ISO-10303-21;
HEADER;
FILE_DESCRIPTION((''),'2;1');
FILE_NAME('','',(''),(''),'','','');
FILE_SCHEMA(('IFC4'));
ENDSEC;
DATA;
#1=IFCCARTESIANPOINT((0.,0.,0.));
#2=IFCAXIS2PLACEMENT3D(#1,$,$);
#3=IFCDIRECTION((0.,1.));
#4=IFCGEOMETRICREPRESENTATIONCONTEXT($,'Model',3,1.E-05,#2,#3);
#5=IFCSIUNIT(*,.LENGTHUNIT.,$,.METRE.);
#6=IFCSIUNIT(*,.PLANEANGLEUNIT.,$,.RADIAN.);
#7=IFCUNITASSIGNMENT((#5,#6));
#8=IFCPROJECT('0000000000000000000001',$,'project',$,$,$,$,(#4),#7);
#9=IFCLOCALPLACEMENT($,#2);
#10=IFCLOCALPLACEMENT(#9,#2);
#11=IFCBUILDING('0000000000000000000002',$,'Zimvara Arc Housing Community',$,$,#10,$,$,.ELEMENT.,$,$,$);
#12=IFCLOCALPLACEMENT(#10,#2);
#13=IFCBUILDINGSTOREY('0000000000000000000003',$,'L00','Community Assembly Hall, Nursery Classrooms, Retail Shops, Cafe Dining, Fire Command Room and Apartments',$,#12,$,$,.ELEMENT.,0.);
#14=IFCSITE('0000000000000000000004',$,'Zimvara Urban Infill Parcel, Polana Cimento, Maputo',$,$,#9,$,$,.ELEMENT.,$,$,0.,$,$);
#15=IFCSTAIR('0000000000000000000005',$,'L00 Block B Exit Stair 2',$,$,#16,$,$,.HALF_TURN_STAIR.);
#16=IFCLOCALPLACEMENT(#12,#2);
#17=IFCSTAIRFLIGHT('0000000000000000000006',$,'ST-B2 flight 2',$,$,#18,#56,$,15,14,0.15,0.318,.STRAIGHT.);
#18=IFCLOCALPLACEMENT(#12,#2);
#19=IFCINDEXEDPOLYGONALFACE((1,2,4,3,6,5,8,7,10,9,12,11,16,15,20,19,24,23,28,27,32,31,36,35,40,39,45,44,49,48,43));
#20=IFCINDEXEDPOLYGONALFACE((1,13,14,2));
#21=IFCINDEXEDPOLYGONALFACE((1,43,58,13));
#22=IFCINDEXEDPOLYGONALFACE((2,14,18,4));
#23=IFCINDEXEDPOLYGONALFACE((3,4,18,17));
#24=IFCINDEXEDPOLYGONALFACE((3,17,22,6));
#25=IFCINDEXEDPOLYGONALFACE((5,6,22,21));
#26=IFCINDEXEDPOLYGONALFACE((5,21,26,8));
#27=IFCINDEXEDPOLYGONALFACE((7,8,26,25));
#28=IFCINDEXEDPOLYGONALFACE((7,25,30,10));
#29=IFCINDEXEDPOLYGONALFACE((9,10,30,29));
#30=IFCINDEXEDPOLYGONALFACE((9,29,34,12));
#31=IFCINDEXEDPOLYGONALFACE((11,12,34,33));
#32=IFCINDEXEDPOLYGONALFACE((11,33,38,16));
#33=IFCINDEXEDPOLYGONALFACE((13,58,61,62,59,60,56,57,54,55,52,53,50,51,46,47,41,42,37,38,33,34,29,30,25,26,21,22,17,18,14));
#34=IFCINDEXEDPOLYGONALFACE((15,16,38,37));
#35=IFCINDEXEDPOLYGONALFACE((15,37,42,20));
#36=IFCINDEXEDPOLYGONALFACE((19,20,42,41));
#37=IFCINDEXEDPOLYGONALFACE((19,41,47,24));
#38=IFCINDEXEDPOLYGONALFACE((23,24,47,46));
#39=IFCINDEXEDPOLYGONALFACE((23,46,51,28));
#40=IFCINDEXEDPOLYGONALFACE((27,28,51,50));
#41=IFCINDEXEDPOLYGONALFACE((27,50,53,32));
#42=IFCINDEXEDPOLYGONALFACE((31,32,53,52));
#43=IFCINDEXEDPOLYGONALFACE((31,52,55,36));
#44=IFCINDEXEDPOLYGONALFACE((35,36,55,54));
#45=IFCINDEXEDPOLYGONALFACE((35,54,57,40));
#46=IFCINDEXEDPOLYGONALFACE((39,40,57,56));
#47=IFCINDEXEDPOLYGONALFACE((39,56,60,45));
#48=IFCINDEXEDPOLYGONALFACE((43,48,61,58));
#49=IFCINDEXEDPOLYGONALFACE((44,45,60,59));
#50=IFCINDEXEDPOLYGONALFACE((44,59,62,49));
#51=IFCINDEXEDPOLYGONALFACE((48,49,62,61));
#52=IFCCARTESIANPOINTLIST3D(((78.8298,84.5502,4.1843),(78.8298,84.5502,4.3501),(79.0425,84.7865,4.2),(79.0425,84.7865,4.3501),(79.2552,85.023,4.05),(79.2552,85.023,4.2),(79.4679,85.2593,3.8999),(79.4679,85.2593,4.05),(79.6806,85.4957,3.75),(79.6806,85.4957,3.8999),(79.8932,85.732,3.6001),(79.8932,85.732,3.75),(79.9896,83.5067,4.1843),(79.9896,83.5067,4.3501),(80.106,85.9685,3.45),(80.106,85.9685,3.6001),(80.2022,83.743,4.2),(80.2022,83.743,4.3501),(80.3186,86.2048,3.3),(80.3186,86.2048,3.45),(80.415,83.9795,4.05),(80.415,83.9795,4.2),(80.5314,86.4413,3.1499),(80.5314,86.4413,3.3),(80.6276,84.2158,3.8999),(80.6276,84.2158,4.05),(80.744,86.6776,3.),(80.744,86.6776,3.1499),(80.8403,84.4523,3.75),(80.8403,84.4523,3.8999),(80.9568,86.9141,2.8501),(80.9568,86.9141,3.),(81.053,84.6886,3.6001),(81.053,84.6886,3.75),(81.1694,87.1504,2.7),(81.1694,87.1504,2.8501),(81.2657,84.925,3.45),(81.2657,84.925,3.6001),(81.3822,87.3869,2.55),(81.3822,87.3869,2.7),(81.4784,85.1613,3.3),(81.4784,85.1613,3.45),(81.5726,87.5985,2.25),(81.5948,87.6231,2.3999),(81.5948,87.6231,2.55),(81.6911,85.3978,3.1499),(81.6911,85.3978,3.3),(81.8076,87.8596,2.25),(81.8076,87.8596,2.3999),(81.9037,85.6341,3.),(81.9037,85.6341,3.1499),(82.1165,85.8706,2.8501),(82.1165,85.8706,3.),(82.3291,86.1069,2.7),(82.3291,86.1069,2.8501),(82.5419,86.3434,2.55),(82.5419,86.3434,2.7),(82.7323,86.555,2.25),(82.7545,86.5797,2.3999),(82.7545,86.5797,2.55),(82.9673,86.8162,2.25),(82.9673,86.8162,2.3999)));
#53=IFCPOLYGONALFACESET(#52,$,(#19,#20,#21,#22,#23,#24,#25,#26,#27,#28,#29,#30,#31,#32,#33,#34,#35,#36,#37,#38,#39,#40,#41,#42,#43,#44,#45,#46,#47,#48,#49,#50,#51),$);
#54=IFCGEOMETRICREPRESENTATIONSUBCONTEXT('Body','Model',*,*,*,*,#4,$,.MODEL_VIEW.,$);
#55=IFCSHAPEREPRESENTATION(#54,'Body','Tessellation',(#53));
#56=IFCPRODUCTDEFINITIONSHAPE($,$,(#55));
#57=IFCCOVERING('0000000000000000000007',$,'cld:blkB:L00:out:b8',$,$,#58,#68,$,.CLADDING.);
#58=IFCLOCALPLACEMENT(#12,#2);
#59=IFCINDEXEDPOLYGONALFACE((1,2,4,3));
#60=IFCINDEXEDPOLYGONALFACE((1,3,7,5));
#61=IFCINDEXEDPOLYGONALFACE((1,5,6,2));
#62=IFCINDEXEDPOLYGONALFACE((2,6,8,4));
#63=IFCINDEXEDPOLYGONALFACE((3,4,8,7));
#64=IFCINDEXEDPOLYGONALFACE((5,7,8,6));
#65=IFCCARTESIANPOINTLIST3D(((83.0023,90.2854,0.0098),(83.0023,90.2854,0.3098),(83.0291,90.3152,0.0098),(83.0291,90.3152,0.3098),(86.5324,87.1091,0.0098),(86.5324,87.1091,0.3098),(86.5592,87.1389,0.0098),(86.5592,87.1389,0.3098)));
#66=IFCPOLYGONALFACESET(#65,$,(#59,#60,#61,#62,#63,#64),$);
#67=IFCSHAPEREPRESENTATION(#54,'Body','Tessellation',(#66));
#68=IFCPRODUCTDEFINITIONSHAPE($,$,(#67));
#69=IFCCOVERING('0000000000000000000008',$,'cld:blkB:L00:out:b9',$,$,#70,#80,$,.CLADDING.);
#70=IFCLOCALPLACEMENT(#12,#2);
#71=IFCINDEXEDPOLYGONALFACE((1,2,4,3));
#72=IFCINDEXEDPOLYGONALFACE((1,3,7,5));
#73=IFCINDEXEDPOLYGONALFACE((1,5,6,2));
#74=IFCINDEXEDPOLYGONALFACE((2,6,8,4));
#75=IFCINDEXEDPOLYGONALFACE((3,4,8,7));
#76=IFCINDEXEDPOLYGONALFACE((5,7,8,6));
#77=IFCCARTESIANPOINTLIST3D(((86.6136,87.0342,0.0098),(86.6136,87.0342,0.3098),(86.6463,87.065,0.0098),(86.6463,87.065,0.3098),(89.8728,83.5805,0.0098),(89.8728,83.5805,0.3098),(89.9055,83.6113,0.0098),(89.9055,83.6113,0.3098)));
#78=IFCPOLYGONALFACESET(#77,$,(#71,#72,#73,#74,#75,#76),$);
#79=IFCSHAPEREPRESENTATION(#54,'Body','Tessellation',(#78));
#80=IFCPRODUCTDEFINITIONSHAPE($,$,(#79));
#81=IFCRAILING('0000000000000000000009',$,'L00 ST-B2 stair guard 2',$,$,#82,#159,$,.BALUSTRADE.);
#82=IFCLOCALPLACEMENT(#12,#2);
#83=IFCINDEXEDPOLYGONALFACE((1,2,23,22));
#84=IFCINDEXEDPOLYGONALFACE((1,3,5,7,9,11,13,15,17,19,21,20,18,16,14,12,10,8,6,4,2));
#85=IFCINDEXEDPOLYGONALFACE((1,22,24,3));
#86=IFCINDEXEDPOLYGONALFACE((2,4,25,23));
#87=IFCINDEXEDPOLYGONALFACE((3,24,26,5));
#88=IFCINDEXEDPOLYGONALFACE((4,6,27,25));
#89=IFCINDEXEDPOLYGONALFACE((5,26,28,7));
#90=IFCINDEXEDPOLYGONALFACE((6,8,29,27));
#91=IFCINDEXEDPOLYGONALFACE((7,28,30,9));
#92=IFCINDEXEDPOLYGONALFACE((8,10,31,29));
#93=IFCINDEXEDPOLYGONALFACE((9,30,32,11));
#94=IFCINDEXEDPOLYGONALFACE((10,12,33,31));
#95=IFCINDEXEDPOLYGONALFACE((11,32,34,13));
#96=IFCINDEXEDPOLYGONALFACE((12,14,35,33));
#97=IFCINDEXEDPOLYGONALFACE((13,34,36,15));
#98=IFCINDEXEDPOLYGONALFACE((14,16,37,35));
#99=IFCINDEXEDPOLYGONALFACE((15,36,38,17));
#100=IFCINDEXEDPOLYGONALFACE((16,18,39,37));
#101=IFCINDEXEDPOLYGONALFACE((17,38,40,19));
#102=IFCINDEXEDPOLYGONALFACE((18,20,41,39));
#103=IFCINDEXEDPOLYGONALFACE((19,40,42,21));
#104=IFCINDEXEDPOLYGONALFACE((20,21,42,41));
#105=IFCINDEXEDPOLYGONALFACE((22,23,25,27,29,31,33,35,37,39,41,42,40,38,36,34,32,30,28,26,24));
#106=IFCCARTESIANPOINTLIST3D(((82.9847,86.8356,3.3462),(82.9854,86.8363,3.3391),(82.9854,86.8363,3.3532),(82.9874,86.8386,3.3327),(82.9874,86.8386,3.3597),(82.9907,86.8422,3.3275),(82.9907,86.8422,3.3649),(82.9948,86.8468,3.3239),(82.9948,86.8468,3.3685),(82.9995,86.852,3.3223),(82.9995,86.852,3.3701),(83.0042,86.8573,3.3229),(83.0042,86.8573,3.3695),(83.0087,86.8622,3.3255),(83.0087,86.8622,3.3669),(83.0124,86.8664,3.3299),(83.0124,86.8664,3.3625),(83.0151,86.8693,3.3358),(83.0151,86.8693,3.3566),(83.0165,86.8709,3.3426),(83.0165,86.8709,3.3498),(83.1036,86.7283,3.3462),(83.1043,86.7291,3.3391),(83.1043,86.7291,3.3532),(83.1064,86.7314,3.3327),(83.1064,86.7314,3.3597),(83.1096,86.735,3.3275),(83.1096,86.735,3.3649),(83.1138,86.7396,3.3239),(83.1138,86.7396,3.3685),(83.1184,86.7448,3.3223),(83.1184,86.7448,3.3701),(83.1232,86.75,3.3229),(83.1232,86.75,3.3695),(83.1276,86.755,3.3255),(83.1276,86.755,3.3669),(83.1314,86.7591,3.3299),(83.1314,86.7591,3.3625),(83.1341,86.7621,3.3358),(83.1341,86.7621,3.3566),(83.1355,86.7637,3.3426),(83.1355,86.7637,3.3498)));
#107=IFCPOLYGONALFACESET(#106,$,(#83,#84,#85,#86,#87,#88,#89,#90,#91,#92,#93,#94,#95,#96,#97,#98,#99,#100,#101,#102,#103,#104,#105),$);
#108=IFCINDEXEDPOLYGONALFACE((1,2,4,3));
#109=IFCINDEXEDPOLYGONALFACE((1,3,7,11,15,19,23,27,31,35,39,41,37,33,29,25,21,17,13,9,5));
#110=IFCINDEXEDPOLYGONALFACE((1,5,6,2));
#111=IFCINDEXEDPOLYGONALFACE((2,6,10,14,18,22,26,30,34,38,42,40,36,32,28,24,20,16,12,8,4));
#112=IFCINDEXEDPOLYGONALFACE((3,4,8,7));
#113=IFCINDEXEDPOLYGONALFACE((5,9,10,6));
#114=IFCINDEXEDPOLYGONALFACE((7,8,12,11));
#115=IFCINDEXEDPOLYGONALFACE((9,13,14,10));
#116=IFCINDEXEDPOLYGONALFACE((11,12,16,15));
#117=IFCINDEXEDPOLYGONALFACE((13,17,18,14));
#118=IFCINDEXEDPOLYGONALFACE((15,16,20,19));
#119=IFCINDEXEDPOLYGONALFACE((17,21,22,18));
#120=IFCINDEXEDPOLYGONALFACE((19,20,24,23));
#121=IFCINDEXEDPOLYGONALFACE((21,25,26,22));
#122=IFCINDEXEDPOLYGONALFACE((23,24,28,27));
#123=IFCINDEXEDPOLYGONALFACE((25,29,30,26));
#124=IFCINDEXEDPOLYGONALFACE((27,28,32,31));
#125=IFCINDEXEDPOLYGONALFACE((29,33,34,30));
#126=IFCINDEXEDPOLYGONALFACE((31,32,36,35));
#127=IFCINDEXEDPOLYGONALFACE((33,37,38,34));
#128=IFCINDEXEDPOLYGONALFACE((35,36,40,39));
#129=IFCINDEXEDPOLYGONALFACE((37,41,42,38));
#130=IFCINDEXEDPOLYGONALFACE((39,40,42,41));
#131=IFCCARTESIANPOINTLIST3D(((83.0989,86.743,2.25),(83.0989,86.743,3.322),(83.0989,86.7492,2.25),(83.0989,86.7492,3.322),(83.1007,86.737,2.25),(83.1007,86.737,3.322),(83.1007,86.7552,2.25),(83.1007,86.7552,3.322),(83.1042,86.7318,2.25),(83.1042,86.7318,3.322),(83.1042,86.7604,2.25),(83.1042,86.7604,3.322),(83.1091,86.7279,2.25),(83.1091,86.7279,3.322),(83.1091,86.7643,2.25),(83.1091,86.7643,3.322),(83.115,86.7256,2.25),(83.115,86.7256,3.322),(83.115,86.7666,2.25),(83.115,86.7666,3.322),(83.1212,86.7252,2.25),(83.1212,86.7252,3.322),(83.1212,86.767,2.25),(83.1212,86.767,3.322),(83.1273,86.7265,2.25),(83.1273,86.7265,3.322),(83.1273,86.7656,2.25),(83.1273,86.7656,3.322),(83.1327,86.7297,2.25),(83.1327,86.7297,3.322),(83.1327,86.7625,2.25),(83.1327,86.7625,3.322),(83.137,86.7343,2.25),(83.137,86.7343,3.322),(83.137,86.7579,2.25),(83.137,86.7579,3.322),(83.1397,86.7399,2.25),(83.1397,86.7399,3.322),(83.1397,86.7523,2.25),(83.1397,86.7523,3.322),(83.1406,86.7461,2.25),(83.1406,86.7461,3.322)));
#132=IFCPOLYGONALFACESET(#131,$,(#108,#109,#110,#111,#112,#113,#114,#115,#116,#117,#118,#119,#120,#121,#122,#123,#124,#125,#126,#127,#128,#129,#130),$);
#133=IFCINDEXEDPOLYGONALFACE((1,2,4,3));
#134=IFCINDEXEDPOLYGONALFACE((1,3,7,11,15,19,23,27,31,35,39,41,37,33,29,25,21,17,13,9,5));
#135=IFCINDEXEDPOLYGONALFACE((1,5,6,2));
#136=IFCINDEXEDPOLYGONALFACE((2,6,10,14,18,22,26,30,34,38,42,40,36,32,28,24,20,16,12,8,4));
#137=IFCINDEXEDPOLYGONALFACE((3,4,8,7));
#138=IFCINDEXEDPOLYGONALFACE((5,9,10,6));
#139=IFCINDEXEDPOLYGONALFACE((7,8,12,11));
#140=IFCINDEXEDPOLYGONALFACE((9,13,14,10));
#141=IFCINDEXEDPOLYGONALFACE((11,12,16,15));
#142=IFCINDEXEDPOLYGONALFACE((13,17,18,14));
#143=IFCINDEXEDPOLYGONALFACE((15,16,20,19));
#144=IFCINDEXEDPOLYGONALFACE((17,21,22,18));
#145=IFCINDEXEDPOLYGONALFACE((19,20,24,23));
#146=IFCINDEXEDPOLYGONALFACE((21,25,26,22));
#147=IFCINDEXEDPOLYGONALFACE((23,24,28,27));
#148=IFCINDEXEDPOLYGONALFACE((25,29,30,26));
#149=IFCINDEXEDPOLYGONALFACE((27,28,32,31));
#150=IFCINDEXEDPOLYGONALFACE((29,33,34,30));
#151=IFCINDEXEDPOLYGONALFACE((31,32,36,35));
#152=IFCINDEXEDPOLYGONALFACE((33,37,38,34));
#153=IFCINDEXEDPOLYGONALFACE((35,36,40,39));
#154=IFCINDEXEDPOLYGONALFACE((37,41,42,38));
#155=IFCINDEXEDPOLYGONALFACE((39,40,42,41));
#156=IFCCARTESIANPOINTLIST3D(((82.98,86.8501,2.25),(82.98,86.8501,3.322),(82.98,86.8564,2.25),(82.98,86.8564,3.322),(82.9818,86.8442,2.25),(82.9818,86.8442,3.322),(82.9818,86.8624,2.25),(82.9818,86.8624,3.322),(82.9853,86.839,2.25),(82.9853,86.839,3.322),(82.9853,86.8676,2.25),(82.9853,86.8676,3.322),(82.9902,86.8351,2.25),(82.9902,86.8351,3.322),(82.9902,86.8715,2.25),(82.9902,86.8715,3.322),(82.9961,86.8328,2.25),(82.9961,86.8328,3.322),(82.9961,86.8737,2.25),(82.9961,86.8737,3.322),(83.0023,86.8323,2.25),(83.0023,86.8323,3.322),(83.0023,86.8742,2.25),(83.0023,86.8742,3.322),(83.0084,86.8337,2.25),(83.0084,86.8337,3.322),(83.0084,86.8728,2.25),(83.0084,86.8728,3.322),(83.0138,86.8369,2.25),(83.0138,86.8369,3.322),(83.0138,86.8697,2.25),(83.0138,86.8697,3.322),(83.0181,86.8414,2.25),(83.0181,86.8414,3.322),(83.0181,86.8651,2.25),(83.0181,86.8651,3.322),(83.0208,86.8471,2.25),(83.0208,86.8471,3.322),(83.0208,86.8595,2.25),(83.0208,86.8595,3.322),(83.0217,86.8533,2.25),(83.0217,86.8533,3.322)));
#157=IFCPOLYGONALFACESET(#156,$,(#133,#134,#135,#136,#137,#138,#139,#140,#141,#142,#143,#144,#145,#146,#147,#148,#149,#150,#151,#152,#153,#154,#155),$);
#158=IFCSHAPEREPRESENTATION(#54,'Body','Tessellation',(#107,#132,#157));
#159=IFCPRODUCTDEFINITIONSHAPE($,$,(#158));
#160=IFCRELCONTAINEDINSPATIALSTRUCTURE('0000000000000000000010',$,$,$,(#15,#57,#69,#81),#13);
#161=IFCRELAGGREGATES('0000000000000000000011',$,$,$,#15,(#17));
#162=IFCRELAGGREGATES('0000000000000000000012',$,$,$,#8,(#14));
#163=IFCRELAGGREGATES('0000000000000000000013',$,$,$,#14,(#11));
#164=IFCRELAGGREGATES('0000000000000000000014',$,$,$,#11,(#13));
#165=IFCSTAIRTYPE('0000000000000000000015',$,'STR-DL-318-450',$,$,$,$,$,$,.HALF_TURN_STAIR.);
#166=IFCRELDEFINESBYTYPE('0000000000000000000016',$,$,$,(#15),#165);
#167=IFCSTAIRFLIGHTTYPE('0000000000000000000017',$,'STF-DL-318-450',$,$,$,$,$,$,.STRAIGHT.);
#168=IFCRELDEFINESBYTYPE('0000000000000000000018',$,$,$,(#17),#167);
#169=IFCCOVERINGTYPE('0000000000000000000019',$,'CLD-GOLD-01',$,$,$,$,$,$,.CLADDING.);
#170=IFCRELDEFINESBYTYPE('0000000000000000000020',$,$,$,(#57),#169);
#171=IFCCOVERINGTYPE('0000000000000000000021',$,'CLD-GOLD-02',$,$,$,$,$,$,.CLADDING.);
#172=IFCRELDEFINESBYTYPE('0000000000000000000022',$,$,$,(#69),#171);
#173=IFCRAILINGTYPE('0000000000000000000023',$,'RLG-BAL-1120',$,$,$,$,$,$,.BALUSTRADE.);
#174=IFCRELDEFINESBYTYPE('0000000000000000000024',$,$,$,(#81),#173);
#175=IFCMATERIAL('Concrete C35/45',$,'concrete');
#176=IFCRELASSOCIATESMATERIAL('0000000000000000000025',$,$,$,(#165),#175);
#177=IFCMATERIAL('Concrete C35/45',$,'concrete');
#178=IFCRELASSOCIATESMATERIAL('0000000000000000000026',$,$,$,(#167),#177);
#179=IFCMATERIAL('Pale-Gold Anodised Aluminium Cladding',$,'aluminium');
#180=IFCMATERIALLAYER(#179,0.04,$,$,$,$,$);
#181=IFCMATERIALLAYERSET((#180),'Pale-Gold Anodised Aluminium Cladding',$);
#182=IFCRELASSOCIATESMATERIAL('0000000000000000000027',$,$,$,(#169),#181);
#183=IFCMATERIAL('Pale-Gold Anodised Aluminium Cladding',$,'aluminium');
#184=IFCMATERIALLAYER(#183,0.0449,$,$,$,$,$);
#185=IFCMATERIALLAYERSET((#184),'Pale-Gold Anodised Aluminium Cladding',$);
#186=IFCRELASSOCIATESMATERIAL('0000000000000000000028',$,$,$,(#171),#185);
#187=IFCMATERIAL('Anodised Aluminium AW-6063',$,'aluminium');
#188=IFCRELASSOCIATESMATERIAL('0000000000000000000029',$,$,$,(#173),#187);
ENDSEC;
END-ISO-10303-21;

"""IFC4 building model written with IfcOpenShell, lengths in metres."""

from ifc_helpers import new_model, si_unit, direction, frame, origin, origin_2d, place, context, subcontext, project, spatial, polyline, rectangle, circle, outline, extrude, material, layer, layer_set, type_object, element, aggregate, save


model = new_model("IFC4")

# Units and contexts
model_context = context("Model", 3, precision=1e-05, world=origin(), true_north=direction((0.0, 1.0)))
body_context = subcontext(model_context, "Body", "Model", "MODEL_VIEW")
ifc_project = project(units=[si_unit("LENGTHUNIT", "METRE"), si_unit("PLANEANGLEUNIT", "RADIAN")], contexts=[model_context])

# Site, building, storey
site_placement = place(None, origin())
site = spatial("IfcSite", under=ifc_project, at=site_placement, Name="Zimvara Urban Infill Parcel, Polana Cimento, Maputo", CompositionType="ELEMENT", RefElevation=0.0)
building_placement = place(site_placement, origin())
building = spatial("IfcBuilding", under=site, at=building_placement, Name="Zimvara Arc Housing Community", CompositionType="ELEMENT")
storey_placement = place(building_placement, origin())
storey = spatial("IfcBuildingStorey", under=building, at=storey_placement, Name="L00", Description="Community Assembly Hall, Nursery Classrooms, Retail Shops, Cafe Dining, Fire Command Room and Apartments", CompositionType="ELEMENT", Elevation=0.0)

# Stair, stair flight
ifc_material_1 = material(Name="Concrete C35/45", Category="concrete")
stair_type = type_object("IfcStairType", Name="STR-DL-318-450", PredefinedType="HALF_TURN_STAIR", material=ifc_material_1)
stair_placement = place(storey_placement, origin())
stair = element("IfcStair", 1, at=stair_placement, inside=storey, type_object=stair_type, Name="L00 Block B Exit Stair 2", PredefinedType="HALF_TURN_STAIR")
ifc_material_2 = material(Name="Concrete C35/45", Category="concrete")
stair_flight_type = type_object("IfcStairFlightType", Name="STF-DL-318-450", PredefinedType="STRAIGHT", material=ifc_material_2)
stair_flight_placement = place(storey_placement, frame((82.3875, 87.3379, 2.25), z_axis=(0.0, 0.0, 1.0), x_axis=(-0.668871, -0.743378, 0.0)))
stair_flight = element("IfcStairFlight", 2, at=stair_flight_placement, type_object=stair_flight_type, Name="ST-B2 flight 2", NumberOfRisers=15, NumberOfTreads=14, PredefinedType="STRAIGHT", RiserHeight=0.15, TreadLength=0.318, context=body_context, shape_type="SweptSolid", body=[
    extrude(outline(polyline([(0.0, 0.0), (0.0, 0.1499), (0.3181, 0.1499), (0.3181, 0.3), (0.636, 0.3), (0.636, 0.45), (0.9541, 0.45), (0.9541, 0.6001), (1.272, 0.6001), (1.272, 0.75), (1.5901, 0.75), (1.5901, 0.8999), (1.908, 0.8999), (1.908, 1.05), (2.2261, 1.05), (2.2261, 1.2), (2.5439, 1.2), (2.5439, 1.3501), (2.8621, 1.3501), (2.8621, 1.5), (3.1799, 1.5), (3.1799, 1.6499), (3.498, 1.6499), (3.498, 1.8), (3.8159, 1.8), (3.8159, 1.95), (4.134, 1.95), (4.134, 2.1001), (4.4519, 2.1001), (4.4519, 2.25), (4.4519, 1.9343), (0.3513, 0.0), (0.0, 0.0)])), frame((0.0, 0.78, 0.0), z_axis=(0.0, -1.0, 0.0), x_axis=(1.0, 0.0, 0.0)), (0.0, 0.0, 1.0), 1.5601),
])
aggregate(stair, [stair_flight])

# Coverings
ifc_material_3 = material(Name="Pale-Gold Anodised Aluminium Cladding", Category="aluminium")
ifc_layer_1 = layer(ifc_material_3, 0.04)
ifc_layer_set_1 = layer_set([ifc_layer_1], Name="Pale-Gold Anodised Aluminium Cladding")
covering_type_1 = type_object("IfcCoveringType", Name="CLD-GOLD-01", PredefinedType="CLADDING", material=ifc_layer_set_1)
covering_1_placement = place(storey_placement, frame((84.7808, 88.7122, 0.0098), z_axis=(0.0, 0.0, 1.0), x_axis=(0.743377, -0.668872, 0.0)))
element("IfcCovering", 3, at=covering_1_placement, inside=storey, type_object=covering_type_1, Name="cld:blkB:L00:out:b8", PredefinedType="CLADDING", context=body_context, shape_type="SweptSolid", body=[
    extrude(rectangle(XDim=4.7488, YDim=0.04, at=origin_2d()), origin(), (0.0, 0.0, 1.0), 0.3),
])
ifc_material_4 = material(Name="Pale-Gold Anodised Aluminium Cladding", Category="aluminium")
ifc_layer_2 = layer(ifc_material_4, 0.0449)
ifc_layer_set_2 = layer_set([ifc_layer_2], Name="Pale-Gold Anodised Aluminium Cladding")
covering_type_2 = type_object("IfcCoveringType", Name="CLD-GOLD-02", PredefinedType="CLADDING", material=ifc_layer_set_2)
covering_2_placement = place(storey_placement, frame((88.2595, 85.3228, 0.0098), z_axis=(0.0, 0.0, 1.0), x_axis=(0.686326, -0.727294, 0.0)))
element("IfcCovering", 4, at=covering_2_placement, inside=storey, type_object=covering_type_2, Name="cld:blkB:L00:out:b9", PredefinedType="CLADDING", context=body_context, shape_type="SweptSolid", body=[
    extrude(rectangle(XDim=4.7488, YDim=0.0449, at=origin_2d()), origin(), (0.0, 0.0, 1.0), 0.3),
])

# Railing
ifc_material_5 = material(Name="Anodised Aluminium AW-6063", Category="aluminium")
railing_type_1 = type_object("IfcRailingType", Name="RLG-BAL-1120", PredefinedType="BALUSTRADE", material=ifc_material_5)
railing_1_placement = place(storey_placement, frame((83.1196, 86.7461, 2.25)))
element("IfcRailing", 5, at=railing_1_placement, inside=storey, type_object=railing_type_1, Name="L00 ST-B2 stair guard 2", PredefinedType="BALUSTRADE", context=body_context, shape_type="SweptSolid", body=[
    extrude(circle(Radius=0.0239, at=origin_2d()), frame((0.0, 0.0, 1.0962), z_axis=(-0.742763, 0.669554, 0.0), x_axis=(-0.669554, -0.742763, 0.0)), (0.0, 0.0, 1.0), 0.1602),
    extrude(circle(Radius=0.021, at=origin_2d()), origin(), (0.0, 0.0, 1.0), 1.072),
    extrude(circle(Radius=0.021, at=origin_2d()), frame((-0.1189, 0.1072, 0.0)), (0.0, 0.0, 1.0), 1.072),
])

save(model, "model.ifc")
